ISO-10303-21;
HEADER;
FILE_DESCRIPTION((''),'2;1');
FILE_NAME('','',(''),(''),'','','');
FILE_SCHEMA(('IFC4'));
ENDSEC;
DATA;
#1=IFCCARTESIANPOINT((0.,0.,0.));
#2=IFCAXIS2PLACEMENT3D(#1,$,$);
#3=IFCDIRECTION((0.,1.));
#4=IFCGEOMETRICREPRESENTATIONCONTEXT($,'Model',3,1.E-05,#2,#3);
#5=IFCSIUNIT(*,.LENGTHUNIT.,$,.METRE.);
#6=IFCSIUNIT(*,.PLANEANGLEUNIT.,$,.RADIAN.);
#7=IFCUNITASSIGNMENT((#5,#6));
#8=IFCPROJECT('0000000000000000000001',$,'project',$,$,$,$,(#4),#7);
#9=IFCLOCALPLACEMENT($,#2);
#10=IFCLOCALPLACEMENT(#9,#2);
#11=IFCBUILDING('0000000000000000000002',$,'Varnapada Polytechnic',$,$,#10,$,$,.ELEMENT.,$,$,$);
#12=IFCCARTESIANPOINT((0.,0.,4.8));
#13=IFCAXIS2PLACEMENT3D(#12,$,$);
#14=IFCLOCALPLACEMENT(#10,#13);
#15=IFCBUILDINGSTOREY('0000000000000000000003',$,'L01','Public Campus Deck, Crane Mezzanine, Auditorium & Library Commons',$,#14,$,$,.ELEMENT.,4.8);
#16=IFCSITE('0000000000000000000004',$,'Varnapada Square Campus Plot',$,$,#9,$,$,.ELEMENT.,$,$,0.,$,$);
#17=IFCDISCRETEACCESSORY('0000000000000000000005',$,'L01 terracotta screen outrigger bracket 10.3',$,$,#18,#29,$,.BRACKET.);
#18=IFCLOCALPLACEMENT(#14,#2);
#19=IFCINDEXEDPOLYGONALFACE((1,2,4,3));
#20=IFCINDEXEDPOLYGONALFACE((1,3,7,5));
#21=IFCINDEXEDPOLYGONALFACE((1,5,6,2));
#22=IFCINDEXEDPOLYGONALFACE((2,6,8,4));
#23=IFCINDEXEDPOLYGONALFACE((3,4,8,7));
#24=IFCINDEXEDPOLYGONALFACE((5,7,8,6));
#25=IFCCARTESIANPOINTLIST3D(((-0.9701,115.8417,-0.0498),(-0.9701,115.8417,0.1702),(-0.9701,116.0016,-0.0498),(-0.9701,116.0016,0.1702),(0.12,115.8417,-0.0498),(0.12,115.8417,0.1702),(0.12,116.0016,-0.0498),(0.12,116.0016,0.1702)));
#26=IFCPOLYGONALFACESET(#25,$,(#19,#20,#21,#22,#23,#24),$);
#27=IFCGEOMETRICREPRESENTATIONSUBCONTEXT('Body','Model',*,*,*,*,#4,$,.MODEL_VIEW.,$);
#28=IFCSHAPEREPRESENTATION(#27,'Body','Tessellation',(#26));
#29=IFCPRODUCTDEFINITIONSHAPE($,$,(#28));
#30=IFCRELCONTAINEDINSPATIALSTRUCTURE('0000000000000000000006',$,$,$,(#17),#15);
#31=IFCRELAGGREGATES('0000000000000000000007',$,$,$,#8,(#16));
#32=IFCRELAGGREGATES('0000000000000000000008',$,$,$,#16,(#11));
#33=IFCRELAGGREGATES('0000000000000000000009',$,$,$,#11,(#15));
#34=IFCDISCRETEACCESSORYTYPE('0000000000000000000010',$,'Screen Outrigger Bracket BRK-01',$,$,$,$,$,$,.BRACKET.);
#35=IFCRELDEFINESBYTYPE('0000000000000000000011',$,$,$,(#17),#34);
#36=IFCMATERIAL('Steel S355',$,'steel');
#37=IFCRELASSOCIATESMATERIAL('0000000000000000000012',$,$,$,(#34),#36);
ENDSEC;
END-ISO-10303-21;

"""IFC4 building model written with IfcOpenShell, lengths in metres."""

from ifc_helpers import new_model, si_unit, direction, frame, origin, origin_2d, place, context, subcontext, project, spatial, rectangle, extrude, material, type_object, element, save


model = new_model("IFC4")

# Units and contexts
model_context = context("Model", 3, precision=1e-05, world=origin(), true_north=direction((0.0, 1.0)))
body_context = subcontext(model_context, "Body", "Model", "MODEL_VIEW")
ifc_project = project(units=[si_unit("LENGTHUNIT", "METRE"), si_unit("PLANEANGLEUNIT", "RADIAN")], contexts=[model_context])

# Site, building, storey
site_placement = place(None, origin())
site = spatial("IfcSite", under=ifc_project, at=site_placement, Name="Varnapada Square Campus Plot", CompositionType="ELEMENT", RefElevation=0.0)
building_placement = place(site_placement, origin())
building = spatial("IfcBuilding", under=site, at=building_placement, Name="Varnapada Polytechnic", CompositionType="ELEMENT")
storey_placement = place(building_placement, frame((0.0, 0.0, 4.8)))
storey = spatial("IfcBuildingStorey", under=building, at=storey_placement, Name="L01", Description="Public Campus Deck, Crane Mezzanine, Auditorium & Library Commons", CompositionType="ELEMENT", Elevation=4.8)

# Shared definitions
ifc_material_1 = material(Name="Steel S355", Category="steel")

# Discrete accessory
discrete_accessory_type = type_object("IfcDiscreteAccessoryType", Name="Screen Outrigger Bracket BRK-01", PredefinedType="BRACKET", material=ifc_material_1)
for number, where, z_axis, x_axis, name in (
    (1, (-0.425, 115.9216, -0.0498), (0.0, 0.0, 1.0), (0.0, 1.0, 0.0), "L01 terracotta screen outrigger bracket 10.3"),
):
    element("IfcDiscreteAccessory", number, at=place(storey_placement, frame(where, z_axis=z_axis, x_axis=x_axis)), inside=storey, type_object=discrete_accessory_type, Name=name, PredefinedType="BRACKET", context=body_context, shape_type="SweptSolid", body=[
        extrude(rectangle(XDim=0.1599, YDim=1.0901, at=origin_2d()), origin(), (0.0, 0.0, 1.0), 0.22),
    ])

save(model, "model.ifc")
